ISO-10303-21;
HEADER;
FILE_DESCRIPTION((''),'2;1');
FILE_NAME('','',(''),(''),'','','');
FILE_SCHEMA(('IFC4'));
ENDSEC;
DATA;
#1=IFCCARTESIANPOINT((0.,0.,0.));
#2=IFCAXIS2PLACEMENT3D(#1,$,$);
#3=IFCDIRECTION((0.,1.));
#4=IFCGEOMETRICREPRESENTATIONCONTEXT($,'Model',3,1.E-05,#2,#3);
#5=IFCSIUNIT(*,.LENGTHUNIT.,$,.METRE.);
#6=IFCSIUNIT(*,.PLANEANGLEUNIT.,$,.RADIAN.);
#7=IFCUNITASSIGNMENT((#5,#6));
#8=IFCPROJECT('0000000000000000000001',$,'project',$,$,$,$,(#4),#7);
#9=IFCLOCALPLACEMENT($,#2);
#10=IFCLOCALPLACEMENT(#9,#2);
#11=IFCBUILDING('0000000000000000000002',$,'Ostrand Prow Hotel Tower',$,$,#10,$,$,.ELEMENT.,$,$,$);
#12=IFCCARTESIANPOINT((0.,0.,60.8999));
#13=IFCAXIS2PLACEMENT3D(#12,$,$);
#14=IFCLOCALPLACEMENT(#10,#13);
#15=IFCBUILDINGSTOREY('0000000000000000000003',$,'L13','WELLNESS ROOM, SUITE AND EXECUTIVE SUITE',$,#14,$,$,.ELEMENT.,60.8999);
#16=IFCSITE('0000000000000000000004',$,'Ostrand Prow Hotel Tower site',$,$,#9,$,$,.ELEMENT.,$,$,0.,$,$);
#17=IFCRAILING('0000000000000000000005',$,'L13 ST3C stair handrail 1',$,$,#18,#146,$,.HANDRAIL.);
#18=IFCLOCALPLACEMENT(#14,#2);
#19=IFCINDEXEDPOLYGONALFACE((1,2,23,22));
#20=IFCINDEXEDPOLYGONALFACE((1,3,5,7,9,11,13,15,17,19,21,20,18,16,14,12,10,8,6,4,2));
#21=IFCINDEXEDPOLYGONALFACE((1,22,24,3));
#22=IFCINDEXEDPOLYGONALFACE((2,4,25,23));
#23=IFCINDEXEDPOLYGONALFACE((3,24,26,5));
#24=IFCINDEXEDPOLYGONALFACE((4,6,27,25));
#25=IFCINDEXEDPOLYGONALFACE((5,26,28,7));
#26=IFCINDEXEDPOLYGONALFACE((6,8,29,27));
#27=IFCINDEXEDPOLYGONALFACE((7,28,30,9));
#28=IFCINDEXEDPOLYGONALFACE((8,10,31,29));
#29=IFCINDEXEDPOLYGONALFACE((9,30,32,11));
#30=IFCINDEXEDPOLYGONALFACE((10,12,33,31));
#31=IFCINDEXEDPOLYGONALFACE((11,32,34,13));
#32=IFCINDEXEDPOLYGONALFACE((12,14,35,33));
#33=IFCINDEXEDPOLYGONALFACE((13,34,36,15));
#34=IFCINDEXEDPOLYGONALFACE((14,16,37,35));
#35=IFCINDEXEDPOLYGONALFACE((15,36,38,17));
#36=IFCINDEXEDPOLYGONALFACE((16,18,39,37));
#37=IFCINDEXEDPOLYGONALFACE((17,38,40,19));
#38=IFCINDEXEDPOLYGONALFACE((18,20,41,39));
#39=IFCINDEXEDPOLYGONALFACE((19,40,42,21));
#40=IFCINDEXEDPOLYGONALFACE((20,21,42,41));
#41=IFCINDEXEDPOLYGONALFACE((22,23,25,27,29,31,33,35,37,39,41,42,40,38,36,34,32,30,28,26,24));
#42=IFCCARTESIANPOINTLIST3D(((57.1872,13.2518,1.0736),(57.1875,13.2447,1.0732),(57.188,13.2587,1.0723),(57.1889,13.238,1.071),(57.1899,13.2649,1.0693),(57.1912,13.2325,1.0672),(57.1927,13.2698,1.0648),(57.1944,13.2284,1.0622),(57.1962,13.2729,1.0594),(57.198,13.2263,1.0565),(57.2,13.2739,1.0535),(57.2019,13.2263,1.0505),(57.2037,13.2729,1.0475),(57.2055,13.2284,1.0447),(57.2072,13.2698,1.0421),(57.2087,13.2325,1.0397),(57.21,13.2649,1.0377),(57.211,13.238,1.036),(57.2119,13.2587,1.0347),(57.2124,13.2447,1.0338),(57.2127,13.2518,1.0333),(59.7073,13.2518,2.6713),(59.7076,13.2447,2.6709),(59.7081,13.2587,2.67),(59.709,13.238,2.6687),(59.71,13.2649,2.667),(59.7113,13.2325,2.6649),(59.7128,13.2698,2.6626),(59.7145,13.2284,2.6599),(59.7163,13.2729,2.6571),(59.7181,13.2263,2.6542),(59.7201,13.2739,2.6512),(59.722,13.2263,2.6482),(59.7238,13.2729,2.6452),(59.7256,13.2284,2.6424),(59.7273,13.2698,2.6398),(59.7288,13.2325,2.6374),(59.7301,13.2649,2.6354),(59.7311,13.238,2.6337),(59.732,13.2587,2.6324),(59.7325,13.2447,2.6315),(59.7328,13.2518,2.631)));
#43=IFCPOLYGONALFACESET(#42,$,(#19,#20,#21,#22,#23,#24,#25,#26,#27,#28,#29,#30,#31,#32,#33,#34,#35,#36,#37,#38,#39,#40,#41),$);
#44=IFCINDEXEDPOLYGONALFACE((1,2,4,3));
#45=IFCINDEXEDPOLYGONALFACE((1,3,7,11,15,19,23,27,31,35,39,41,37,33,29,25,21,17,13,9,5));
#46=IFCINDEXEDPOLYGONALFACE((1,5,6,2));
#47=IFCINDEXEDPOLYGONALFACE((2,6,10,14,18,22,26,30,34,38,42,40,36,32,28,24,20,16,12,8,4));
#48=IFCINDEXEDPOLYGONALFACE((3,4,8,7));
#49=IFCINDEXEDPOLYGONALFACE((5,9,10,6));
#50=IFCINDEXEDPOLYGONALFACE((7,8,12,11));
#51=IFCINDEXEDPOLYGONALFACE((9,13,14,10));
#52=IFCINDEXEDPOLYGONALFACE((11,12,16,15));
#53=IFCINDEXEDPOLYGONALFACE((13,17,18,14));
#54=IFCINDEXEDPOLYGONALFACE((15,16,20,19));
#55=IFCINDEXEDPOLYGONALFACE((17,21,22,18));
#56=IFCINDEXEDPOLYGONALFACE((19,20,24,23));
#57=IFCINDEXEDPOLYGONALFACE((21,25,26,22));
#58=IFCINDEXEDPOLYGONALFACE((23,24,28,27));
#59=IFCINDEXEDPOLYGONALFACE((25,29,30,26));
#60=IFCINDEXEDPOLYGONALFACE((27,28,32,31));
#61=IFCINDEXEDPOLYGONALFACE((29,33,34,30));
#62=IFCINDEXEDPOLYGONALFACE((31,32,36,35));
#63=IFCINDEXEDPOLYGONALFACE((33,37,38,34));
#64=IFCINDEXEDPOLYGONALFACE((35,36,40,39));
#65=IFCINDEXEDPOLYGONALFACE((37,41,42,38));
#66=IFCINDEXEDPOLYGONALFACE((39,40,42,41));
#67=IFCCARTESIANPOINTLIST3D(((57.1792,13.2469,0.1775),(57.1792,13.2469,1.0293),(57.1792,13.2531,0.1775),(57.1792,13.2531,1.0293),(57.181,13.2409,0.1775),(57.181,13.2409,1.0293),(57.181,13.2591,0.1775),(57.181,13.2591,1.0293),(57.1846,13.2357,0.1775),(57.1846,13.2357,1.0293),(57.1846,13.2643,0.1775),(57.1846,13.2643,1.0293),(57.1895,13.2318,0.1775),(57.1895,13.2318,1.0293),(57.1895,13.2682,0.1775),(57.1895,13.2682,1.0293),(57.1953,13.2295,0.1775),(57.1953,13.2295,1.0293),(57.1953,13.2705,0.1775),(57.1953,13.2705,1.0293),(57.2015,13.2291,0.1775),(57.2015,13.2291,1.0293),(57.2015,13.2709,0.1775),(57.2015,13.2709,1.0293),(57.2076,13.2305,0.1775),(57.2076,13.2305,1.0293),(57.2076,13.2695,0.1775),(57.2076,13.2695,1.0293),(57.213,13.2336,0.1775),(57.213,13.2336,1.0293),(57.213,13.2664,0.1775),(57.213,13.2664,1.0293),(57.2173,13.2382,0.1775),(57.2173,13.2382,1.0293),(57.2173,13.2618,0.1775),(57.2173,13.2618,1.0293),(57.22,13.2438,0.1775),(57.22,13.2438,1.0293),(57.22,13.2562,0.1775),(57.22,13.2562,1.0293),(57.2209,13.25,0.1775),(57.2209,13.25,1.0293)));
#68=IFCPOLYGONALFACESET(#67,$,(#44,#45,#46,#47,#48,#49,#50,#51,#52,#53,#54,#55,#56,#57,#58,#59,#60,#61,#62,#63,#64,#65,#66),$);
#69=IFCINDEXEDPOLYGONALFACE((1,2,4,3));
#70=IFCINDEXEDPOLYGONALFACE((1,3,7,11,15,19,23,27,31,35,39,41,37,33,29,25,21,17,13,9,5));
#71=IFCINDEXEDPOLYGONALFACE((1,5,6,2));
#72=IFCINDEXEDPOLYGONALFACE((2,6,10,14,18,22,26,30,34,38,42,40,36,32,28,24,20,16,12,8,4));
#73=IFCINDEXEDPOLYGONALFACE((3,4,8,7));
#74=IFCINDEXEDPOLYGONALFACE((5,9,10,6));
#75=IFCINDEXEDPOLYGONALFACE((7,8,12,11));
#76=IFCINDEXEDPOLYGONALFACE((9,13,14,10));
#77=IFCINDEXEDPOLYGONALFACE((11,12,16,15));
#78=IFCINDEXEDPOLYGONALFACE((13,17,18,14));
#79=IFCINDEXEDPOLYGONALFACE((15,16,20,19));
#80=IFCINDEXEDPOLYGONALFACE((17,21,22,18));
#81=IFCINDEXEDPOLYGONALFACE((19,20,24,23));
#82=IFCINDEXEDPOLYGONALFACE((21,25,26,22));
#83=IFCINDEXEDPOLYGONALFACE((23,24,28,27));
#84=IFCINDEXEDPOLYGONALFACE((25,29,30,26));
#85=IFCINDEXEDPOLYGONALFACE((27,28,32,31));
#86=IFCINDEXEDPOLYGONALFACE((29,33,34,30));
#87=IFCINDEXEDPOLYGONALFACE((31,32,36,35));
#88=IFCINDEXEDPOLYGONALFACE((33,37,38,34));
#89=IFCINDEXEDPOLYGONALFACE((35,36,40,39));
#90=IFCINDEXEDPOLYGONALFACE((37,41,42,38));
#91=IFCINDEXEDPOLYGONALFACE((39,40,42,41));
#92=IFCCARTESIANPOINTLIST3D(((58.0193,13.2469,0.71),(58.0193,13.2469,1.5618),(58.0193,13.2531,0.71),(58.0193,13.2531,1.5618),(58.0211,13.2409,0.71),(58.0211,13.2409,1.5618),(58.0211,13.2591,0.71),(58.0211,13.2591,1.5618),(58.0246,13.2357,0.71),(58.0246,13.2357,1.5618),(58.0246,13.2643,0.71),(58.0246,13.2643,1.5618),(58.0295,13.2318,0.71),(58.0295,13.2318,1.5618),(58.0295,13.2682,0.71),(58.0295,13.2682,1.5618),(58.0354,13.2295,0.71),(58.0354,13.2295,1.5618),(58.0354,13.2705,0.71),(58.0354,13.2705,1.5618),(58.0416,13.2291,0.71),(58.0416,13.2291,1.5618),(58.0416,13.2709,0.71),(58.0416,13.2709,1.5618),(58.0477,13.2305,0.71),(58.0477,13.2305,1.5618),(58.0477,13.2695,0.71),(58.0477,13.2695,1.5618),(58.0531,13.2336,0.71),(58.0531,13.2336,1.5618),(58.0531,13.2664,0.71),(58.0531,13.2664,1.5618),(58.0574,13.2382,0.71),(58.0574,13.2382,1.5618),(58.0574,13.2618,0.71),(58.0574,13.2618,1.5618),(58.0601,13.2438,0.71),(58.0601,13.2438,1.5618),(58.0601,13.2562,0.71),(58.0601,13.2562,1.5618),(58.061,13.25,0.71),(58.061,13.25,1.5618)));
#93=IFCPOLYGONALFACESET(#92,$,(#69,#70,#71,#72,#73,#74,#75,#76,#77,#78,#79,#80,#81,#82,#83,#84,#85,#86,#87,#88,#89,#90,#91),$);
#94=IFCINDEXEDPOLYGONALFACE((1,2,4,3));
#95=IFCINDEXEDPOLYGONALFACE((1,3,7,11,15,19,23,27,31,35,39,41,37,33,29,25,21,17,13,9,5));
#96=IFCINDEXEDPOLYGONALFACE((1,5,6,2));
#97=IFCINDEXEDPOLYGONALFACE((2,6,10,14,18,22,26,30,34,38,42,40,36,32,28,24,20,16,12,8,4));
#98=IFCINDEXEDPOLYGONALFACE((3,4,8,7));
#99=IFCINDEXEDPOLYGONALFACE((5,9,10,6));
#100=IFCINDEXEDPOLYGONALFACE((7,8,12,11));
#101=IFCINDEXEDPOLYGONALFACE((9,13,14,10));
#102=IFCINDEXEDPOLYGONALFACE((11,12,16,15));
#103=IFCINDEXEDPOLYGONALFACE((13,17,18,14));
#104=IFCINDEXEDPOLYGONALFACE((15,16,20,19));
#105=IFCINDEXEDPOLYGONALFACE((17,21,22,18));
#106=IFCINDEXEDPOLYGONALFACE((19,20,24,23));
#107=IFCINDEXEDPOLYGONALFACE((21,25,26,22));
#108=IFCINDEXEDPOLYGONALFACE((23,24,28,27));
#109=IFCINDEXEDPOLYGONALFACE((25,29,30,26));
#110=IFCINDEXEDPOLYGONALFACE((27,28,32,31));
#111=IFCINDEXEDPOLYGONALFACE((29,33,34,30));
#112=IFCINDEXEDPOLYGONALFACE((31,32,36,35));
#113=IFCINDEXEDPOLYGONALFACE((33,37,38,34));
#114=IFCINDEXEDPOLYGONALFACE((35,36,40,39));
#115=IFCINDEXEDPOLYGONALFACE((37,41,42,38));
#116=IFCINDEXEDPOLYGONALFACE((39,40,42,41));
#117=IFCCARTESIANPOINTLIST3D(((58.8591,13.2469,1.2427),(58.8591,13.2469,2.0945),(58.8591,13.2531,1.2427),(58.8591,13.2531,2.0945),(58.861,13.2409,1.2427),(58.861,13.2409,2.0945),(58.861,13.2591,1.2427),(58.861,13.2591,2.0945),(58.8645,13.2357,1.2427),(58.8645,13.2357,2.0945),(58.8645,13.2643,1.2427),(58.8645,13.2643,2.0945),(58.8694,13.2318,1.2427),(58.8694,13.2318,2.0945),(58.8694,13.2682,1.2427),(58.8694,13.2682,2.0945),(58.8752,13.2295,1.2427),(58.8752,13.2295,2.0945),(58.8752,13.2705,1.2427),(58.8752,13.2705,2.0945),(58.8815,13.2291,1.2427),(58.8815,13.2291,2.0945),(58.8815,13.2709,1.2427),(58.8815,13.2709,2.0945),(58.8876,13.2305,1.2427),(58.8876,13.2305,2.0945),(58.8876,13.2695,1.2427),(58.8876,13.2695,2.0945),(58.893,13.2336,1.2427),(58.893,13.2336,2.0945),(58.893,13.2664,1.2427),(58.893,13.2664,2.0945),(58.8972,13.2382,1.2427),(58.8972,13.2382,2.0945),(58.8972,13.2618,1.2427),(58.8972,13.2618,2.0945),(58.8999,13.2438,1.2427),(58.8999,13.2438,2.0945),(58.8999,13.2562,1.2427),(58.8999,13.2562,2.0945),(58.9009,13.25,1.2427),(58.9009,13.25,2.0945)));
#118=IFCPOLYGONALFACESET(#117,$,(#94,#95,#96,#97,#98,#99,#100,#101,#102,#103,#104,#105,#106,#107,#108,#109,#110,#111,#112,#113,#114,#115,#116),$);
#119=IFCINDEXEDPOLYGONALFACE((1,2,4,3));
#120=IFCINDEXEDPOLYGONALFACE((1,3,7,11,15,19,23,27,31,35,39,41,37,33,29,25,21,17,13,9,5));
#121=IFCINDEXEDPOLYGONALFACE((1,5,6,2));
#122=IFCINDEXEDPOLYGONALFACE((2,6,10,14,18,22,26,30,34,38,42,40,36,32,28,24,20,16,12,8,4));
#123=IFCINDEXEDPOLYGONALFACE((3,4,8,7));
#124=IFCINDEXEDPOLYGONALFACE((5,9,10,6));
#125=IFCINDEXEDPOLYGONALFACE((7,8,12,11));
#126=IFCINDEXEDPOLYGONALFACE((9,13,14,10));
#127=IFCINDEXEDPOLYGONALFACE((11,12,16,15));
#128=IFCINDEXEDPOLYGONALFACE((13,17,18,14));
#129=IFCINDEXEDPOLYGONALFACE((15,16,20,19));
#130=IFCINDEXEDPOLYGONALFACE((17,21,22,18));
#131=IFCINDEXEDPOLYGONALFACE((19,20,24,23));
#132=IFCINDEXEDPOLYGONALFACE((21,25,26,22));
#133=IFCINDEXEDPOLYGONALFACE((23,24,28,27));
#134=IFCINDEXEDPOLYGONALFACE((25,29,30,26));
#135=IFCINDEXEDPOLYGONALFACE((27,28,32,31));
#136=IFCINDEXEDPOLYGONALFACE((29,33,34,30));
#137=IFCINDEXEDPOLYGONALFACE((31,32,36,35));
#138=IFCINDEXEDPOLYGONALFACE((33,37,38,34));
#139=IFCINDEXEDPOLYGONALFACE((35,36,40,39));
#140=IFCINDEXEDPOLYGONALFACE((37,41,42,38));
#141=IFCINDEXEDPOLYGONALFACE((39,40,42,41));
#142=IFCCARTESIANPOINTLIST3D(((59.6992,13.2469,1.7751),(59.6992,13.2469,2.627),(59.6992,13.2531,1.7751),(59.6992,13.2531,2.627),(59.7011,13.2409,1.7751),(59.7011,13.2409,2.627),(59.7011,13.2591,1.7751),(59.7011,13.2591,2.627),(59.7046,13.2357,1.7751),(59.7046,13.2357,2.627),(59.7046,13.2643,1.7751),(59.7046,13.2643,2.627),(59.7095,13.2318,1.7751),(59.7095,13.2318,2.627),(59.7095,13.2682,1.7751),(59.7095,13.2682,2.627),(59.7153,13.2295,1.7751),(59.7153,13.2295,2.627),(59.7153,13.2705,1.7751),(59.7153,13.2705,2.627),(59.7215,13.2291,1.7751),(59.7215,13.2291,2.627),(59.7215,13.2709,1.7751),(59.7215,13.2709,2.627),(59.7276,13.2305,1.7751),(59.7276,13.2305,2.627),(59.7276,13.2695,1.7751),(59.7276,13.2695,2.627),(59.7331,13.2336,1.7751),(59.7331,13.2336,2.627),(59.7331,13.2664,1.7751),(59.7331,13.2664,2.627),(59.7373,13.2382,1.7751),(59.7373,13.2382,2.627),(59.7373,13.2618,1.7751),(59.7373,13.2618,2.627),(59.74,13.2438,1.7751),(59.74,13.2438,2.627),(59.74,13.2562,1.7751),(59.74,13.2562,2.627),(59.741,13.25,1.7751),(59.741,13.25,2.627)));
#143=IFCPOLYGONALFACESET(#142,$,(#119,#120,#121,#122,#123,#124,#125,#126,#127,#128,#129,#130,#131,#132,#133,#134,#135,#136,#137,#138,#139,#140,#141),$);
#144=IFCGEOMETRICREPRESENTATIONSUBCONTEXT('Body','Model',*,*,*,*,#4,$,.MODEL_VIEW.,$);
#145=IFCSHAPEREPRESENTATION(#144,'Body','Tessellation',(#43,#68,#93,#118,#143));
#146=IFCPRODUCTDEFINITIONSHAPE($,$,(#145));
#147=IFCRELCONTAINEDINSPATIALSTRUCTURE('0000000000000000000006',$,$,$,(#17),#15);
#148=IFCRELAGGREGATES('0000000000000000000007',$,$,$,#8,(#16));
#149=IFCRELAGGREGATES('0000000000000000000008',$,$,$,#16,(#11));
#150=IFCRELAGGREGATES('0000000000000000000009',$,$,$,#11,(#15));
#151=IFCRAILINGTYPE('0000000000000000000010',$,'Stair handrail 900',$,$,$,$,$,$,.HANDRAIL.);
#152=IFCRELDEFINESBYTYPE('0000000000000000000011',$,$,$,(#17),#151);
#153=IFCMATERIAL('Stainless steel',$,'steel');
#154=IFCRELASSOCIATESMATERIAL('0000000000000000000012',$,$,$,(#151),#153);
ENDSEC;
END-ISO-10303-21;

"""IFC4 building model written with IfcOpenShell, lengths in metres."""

from ifc_helpers import new_model, si_unit, direction, frame, origin, origin_2d, place, context, subcontext, project, spatial, circle, extrude, material, type_object, element, save


model = new_model("IFC4")

# Units and contexts
model_context = context("Model", 3, precision=1e-05, world=origin(), true_north=direction((0.0, 1.0)))
body_context = subcontext(model_context, "Body", "Model", "MODEL_VIEW")
ifc_project = project(units=[si_unit("LENGTHUNIT", "METRE"), si_unit("PLANEANGLEUNIT", "RADIAN")], contexts=[model_context])

# Site, building, storey
site_placement = place(None, origin())
site = spatial("IfcSite", under=ifc_project, at=site_placement, Name="Ostrand Prow Hotel Tower site", CompositionType="ELEMENT", RefElevation=0.0)
building_placement = place(site_placement, origin())
building = spatial("IfcBuilding", under=site, at=building_placement, Name="Ostrand Prow Hotel Tower", CompositionType="ELEMENT")
storey_placement = place(building_placement, frame((0.0, 0.0, 60.8999)))
storey = spatial("IfcBuildingStorey", under=building, at=storey_placement, Name="L13", Description="WELLNESS ROOM, SUITE AND EXECUTIVE SUITE", CompositionType="ELEMENT", Elevation=60.8999)

# Railing
ifc_material_1 = material(Name="Stainless steel", Category="steel")
railing_type_1 = type_object("IfcRailingType", Name="Stair handrail 900", PredefinedType="HANDRAIL", material=ifc_material_1)
railing_1_placement = place(storey_placement, frame((57.2, 13.25, 0.1775)))
element("IfcRailing", 1, at=railing_1_placement, inside=storey, type_object=railing_type_1, Name="L13 ST3C stair handrail 1", PredefinedType="HANDRAIL", context=body_context, shape_type="SweptSolid", body=[
    extrude(circle(Radius=0.0239, at=origin_2d()), frame((0.0, 0.0, 0.876), z_axis=(0.84457, 0.0, 0.535445), x_axis=(0.0, 1.0, 0.0)), (0.0, 0.0, 1.0), 2.9839),
    extrude(circle(Radius=0.021, at=origin_2d()), origin(), (0.0, 0.0, 1.0), 0.8518),
    extrude(circle(Radius=0.021, at=origin_2d()), frame((0.8401, 0.0, 0.5325)), (0.0, 0.0, 1.0), 0.8518),
    extrude(circle(Radius=0.021, at=origin_2d()), frame((1.6799, 0.0, 1.0652)), (0.0, 0.0, 1.0), 0.8518),
    extrude(circle(Radius=0.021, at=origin_2d()), frame((2.52, 0.0, 1.5977)), (0.0, 0.0, 1.0), 0.8518),
])

save(model, "model.ifc")
